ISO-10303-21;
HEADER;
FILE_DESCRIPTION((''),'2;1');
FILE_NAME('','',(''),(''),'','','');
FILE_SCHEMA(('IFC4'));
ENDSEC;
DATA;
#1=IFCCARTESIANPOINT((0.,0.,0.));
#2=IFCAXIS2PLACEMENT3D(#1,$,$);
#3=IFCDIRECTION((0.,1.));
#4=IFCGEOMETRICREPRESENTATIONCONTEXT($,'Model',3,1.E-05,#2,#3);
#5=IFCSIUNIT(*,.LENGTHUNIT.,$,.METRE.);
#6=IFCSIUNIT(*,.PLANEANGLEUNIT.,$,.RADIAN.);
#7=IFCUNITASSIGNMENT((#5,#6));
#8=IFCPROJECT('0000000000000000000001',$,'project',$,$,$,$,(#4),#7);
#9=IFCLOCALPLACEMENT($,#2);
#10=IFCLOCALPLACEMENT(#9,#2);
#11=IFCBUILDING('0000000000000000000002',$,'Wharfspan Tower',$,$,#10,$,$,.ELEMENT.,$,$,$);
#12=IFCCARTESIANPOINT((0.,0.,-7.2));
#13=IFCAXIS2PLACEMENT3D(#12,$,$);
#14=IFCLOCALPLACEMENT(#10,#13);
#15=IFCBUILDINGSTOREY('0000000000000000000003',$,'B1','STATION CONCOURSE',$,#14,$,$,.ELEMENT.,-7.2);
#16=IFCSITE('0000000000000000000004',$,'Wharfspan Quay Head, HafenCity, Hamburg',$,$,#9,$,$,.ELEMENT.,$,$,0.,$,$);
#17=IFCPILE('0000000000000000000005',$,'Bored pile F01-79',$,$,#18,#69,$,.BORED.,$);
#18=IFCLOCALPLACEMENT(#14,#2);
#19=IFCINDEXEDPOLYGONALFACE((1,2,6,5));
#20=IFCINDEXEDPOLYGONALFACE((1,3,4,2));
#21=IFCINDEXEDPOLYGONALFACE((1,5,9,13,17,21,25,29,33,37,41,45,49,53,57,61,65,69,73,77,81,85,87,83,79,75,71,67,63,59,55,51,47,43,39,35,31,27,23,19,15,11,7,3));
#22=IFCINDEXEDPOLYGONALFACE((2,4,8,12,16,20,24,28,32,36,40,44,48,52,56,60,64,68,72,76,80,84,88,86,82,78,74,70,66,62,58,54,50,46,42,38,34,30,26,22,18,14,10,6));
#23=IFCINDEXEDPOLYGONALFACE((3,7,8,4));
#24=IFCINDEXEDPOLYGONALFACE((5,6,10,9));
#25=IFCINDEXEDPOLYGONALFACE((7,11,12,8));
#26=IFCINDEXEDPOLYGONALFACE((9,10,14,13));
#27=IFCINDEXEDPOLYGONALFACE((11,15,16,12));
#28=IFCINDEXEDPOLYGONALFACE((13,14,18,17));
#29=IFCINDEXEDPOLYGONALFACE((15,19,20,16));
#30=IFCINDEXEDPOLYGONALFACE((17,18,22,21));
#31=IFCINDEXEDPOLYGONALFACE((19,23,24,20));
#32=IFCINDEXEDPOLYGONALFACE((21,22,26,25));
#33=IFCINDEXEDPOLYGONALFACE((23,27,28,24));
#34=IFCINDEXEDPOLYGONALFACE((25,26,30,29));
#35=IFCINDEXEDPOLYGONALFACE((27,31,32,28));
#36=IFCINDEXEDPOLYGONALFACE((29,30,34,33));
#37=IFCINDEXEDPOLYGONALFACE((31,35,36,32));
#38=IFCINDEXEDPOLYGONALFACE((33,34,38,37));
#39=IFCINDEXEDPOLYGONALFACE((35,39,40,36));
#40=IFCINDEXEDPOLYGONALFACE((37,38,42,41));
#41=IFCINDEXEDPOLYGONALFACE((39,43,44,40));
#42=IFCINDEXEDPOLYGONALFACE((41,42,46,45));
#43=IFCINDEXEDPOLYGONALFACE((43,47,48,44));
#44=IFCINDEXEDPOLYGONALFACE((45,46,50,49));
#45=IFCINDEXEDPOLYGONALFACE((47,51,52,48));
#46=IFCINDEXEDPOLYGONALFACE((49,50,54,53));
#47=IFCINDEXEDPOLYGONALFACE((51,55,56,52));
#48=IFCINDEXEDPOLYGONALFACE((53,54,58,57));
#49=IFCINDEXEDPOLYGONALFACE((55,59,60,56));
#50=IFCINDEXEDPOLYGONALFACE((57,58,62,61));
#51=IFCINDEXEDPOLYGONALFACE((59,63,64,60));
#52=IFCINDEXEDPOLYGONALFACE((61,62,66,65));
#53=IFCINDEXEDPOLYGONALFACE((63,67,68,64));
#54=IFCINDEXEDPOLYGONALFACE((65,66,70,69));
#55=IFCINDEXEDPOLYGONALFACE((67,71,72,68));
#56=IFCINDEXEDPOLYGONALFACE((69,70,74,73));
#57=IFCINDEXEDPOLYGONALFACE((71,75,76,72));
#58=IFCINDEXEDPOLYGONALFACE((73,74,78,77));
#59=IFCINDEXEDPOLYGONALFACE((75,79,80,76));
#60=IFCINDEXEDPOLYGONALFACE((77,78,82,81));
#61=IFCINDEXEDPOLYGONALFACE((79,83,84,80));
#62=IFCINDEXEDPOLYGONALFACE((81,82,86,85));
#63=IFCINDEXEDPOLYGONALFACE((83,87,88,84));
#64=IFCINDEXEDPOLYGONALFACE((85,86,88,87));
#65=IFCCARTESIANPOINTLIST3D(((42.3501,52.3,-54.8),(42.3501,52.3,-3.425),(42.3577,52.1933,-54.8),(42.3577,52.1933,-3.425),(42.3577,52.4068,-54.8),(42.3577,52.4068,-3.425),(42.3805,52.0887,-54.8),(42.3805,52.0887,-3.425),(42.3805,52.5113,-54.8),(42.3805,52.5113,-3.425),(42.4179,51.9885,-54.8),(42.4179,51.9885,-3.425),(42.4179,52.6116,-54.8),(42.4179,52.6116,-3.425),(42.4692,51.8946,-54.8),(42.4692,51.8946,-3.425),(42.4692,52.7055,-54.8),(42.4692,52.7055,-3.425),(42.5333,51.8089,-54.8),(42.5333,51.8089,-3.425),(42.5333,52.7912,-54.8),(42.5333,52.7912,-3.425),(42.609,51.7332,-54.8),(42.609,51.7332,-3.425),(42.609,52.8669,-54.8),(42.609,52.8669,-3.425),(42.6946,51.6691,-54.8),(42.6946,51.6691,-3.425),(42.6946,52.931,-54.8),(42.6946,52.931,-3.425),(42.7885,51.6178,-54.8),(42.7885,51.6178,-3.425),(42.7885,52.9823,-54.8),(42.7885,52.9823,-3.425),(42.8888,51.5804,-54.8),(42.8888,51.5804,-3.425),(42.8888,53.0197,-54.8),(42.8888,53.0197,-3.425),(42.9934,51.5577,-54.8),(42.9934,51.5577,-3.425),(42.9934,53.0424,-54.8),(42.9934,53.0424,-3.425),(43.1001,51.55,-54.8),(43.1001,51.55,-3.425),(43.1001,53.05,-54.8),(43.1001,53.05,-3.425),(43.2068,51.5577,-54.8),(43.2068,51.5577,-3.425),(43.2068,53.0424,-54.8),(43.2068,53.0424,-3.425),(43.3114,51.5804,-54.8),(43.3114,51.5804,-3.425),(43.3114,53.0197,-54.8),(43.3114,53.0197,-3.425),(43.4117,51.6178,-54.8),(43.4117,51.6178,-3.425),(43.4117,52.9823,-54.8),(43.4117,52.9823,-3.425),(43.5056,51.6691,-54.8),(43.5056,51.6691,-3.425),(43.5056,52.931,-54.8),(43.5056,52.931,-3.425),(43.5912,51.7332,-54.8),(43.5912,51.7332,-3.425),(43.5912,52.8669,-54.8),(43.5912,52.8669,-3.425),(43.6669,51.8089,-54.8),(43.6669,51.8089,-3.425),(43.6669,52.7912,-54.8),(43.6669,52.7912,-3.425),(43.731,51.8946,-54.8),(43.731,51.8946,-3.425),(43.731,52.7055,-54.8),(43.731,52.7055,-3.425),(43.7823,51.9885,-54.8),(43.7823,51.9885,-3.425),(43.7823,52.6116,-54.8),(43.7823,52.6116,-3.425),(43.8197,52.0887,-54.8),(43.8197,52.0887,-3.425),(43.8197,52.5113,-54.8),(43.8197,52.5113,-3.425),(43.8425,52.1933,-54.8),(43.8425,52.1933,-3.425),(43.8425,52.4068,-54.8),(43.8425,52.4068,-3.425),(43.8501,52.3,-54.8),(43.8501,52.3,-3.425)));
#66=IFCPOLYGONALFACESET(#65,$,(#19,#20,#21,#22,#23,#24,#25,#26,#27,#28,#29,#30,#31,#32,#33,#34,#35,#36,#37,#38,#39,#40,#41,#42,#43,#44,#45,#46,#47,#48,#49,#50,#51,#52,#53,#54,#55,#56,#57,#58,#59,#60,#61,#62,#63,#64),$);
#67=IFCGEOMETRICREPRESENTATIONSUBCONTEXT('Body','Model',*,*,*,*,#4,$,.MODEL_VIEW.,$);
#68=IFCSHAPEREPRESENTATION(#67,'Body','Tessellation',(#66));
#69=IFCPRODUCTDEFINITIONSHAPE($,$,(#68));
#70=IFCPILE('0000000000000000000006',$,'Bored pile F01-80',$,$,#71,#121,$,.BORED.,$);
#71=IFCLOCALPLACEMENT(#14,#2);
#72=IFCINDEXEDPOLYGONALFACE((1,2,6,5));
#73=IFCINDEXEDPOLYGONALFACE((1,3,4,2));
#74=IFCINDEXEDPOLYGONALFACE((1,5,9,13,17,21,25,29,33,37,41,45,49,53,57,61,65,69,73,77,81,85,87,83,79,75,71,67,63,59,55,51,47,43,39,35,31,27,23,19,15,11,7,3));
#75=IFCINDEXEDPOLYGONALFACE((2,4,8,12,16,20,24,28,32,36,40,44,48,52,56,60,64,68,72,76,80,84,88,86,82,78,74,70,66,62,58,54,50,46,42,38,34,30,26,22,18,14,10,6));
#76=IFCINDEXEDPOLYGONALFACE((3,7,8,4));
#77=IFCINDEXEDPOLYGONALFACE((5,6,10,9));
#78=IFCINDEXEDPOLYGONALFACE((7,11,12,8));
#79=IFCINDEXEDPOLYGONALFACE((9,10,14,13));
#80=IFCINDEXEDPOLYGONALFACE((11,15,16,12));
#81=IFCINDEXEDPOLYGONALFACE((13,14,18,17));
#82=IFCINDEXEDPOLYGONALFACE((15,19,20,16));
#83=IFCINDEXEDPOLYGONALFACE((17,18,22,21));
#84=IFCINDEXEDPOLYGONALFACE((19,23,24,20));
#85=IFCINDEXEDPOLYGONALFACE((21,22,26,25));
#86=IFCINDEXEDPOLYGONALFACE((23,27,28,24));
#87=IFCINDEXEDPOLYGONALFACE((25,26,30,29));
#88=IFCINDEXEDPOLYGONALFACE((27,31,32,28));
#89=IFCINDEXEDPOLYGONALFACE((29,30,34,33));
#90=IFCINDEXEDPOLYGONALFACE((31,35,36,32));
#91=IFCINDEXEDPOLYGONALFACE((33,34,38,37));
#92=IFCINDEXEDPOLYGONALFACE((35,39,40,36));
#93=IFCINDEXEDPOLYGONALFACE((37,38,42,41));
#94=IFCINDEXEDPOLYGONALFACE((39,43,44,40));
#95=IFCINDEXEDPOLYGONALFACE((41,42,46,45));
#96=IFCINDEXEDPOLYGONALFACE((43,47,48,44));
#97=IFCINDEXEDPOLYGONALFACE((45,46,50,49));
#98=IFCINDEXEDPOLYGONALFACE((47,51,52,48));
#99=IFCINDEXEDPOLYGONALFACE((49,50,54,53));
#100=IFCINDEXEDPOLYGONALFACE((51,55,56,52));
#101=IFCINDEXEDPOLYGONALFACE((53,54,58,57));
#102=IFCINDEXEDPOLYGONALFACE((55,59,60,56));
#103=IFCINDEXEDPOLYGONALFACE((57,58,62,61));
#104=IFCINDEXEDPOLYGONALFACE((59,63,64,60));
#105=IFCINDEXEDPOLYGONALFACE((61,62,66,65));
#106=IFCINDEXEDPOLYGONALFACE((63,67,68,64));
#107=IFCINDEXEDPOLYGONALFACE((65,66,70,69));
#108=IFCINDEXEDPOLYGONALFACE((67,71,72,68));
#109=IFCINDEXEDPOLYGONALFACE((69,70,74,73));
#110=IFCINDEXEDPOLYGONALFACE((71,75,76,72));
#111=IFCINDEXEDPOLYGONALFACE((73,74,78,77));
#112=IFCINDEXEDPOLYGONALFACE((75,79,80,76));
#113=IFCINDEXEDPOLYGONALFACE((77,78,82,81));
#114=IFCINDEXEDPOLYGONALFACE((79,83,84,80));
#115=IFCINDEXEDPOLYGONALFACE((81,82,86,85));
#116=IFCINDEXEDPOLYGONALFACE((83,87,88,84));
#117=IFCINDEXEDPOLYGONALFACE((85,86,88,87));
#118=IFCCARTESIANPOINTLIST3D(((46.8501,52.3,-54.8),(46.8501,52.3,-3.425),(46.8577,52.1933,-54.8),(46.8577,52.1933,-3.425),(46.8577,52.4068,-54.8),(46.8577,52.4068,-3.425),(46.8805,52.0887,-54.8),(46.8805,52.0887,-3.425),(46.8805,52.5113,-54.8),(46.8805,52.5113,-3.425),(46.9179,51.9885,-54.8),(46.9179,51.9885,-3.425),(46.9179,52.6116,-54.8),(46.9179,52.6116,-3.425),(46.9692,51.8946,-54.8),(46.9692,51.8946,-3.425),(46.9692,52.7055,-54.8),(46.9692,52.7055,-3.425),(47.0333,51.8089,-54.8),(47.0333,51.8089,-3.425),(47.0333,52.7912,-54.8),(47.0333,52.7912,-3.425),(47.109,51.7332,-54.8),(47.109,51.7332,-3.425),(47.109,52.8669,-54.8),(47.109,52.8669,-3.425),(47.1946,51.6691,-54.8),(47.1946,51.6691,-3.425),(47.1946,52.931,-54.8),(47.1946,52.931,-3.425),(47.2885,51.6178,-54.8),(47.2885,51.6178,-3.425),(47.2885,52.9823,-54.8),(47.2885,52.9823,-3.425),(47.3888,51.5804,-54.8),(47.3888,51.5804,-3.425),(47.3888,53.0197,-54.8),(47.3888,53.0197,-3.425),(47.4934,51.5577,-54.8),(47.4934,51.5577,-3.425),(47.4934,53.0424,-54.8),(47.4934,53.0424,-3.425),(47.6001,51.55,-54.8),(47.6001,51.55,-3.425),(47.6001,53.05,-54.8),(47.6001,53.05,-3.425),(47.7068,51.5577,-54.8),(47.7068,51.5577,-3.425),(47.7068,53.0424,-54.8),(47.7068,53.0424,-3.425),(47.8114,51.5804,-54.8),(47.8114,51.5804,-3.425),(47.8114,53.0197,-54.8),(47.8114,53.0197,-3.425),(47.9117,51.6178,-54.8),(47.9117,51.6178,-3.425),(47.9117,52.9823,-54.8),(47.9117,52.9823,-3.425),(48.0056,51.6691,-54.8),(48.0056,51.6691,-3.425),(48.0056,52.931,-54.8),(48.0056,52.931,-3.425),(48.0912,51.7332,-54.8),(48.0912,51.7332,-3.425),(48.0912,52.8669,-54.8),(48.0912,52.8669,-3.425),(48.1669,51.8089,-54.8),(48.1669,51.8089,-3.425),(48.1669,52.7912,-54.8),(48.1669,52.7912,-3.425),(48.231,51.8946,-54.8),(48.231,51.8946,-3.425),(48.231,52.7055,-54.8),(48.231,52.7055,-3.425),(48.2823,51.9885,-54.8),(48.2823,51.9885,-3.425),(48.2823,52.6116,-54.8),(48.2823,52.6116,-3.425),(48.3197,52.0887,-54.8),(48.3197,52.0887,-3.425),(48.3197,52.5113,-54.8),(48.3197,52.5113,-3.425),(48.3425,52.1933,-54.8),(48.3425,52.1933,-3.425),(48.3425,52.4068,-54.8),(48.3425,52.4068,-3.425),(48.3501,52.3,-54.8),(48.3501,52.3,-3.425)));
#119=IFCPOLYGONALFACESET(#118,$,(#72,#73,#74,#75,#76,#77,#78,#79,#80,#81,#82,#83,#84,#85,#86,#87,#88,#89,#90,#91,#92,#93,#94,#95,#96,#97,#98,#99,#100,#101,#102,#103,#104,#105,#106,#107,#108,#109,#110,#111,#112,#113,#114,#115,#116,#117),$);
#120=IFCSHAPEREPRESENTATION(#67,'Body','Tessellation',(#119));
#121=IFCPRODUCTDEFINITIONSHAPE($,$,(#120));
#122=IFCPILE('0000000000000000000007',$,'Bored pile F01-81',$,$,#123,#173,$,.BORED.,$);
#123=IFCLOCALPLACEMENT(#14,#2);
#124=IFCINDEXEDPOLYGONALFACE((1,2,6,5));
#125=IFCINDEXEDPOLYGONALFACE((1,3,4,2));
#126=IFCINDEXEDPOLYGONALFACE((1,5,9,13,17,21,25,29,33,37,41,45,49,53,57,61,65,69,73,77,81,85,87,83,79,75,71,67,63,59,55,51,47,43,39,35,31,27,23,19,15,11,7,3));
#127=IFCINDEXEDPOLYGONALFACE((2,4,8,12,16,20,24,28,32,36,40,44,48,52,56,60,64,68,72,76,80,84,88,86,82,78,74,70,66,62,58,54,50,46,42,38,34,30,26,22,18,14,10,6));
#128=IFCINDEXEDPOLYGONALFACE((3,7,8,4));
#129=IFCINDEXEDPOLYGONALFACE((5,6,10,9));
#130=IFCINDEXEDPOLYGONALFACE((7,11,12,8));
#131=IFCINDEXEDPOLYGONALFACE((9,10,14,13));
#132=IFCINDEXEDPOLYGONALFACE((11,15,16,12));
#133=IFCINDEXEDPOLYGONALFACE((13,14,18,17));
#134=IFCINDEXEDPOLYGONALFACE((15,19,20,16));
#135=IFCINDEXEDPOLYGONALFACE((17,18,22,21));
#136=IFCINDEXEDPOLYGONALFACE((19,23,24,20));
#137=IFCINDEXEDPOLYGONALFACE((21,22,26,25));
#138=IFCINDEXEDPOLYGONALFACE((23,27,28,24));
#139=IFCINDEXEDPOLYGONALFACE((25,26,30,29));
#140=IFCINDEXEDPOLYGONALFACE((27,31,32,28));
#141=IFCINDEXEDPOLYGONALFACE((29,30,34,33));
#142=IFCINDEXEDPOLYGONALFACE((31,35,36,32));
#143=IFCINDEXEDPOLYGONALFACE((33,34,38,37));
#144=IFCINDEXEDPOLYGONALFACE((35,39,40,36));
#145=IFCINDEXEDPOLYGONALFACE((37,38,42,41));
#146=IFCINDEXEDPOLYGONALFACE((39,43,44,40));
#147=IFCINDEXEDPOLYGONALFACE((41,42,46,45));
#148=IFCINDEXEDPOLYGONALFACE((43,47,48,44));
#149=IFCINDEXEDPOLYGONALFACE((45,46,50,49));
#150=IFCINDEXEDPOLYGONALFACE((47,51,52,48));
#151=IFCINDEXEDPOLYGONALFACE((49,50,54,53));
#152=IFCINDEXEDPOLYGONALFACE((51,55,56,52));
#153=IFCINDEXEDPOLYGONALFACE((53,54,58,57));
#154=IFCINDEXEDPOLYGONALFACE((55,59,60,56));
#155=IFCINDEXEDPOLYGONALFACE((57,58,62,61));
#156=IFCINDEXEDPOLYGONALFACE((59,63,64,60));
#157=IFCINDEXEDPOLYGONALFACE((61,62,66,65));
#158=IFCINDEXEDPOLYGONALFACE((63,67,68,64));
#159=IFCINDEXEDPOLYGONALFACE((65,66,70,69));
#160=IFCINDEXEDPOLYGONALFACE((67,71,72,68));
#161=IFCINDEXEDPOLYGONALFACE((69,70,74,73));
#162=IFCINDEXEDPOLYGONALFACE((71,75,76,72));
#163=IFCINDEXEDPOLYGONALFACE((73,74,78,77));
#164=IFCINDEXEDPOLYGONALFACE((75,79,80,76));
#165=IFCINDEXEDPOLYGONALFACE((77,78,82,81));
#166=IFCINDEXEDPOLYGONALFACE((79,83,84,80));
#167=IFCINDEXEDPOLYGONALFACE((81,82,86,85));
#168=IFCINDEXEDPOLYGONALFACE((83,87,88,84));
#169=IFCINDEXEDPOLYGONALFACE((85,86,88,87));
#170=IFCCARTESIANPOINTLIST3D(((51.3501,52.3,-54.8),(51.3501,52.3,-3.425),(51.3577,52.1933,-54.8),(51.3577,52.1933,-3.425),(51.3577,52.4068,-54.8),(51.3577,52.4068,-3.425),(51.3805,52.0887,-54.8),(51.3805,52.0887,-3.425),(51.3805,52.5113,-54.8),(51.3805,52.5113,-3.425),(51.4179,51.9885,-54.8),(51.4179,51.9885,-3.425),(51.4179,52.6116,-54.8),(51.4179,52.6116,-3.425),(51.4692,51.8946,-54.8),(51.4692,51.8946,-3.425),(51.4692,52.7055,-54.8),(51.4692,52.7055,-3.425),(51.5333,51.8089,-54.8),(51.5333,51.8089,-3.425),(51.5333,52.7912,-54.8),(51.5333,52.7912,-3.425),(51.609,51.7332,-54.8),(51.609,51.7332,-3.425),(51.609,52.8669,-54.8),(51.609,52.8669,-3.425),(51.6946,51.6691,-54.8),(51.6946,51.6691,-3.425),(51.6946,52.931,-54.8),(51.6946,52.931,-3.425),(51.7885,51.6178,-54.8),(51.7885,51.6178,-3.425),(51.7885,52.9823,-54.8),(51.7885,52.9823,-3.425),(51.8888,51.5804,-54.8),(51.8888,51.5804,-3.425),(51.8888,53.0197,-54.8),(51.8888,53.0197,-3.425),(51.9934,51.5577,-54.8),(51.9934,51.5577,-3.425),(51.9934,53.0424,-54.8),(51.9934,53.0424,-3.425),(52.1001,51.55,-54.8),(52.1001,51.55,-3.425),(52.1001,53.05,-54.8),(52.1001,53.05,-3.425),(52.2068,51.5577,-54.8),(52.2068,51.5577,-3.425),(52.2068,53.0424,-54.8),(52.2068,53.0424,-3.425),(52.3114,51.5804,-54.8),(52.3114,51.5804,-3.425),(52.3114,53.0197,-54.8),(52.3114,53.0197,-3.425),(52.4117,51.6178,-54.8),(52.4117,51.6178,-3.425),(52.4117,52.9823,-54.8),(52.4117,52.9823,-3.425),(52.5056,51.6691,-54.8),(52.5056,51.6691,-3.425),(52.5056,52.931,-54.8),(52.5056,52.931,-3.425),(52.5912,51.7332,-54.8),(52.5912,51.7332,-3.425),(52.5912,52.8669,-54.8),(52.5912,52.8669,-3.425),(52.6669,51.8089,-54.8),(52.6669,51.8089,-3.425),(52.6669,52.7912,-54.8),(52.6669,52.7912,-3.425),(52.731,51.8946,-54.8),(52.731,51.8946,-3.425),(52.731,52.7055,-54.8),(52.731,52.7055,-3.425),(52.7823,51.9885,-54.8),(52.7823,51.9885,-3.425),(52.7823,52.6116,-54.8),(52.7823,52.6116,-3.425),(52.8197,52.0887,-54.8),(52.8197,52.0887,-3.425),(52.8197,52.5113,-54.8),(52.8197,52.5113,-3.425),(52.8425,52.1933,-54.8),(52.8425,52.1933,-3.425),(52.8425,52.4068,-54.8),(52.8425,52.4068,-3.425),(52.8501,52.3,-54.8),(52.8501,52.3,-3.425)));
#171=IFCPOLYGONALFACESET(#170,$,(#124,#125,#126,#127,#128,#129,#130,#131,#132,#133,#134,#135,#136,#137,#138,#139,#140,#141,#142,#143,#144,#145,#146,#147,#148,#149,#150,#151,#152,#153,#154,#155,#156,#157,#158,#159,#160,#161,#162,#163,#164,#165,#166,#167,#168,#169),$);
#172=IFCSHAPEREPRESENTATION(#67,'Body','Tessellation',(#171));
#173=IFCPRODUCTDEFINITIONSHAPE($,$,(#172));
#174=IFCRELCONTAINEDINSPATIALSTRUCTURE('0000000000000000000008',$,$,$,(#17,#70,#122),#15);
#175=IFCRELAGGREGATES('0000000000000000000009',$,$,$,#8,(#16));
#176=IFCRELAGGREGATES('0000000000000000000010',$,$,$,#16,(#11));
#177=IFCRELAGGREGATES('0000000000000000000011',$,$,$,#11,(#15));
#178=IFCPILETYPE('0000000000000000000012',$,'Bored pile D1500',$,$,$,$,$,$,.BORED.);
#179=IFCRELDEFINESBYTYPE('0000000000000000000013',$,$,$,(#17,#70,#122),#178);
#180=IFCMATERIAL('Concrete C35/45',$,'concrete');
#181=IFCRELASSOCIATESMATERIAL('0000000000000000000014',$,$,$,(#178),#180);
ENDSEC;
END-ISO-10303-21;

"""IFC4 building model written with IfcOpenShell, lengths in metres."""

from ifc_helpers import new_model, si_unit, direction, frame, origin, origin_2d, place, context, subcontext, project, spatial, circle, extrude, material, material_profile, profile_set, type_object, element, save


model = new_model("IFC4")

# Units and contexts
model_context = context("Model", 3, precision=1e-05, world=origin(), true_north=direction((0.0, 1.0)))
body_context = subcontext(model_context, "Body", "Model", "MODEL_VIEW")
ifc_project = project(units=[si_unit("LENGTHUNIT", "METRE"), si_unit("PLANEANGLEUNIT", "RADIAN")], contexts=[model_context])

# Site, building, storey
site_placement = place(None, origin())
site = spatial("IfcSite", under=ifc_project, at=site_placement, Name="Wharfspan Quay Head, HafenCity, Hamburg", CompositionType="ELEMENT", RefElevation=0.0)
building_placement = place(site_placement, origin())
building = spatial("IfcBuilding", under=site, at=building_placement, Name="Wharfspan Tower", CompositionType="ELEMENT")
storey_placement = place(building_placement, frame((0.0, 0.0, -7.2)))
storey = spatial("IfcBuildingStorey", under=building, at=storey_placement, Name="B1", Description="STATION CONCOURSE", CompositionType="ELEMENT", Elevation=-7.2)

# Piles
ifc_material_1 = material(Name="Concrete C35/45", Category="concrete")
ifc_material_profile_1 = material_profile(ifc_material_1, circle(Radius=0.75, at=origin_2d()))
ifc_profile_set_1 = profile_set([ifc_material_profile_1], Name="Concrete C35/45")
pile_type = type_object("IfcPileType", Name="Bored pile D1500", PredefinedType="BORED", material=ifc_profile_set_1)
for number, where, z_axis, x_axis, name in (
    (1, (43.1001, 52.3, -3.425), (0.0, 0.0, -1.0), (1.0, 0.0, 0.0), "Bored pile F01-79"),
    (2, (47.6001, 52.3, -3.425), (0.0, 0.0, -1.0), (1.0, 0.0, 0.0), "Bored pile F01-80"),
    (3, (52.1001, 52.3, -3.425), (0.0, 0.0, -1.0), (1.0, 0.0, 0.0), "Bored pile F01-81"),
):
    element("IfcPile", number, at=place(storey_placement, frame(where, z_axis=z_axis, x_axis=x_axis)), inside=storey, type_object=pile_type, Name=name, PredefinedType="BORED", context=body_context, shape_type="SweptSolid", body=[
        extrude(circle(Radius=0.75, at=origin_2d()), origin(), (0.0, 0.0, 1.0), 51.375),
    ])

save(model, "model.ifc")
